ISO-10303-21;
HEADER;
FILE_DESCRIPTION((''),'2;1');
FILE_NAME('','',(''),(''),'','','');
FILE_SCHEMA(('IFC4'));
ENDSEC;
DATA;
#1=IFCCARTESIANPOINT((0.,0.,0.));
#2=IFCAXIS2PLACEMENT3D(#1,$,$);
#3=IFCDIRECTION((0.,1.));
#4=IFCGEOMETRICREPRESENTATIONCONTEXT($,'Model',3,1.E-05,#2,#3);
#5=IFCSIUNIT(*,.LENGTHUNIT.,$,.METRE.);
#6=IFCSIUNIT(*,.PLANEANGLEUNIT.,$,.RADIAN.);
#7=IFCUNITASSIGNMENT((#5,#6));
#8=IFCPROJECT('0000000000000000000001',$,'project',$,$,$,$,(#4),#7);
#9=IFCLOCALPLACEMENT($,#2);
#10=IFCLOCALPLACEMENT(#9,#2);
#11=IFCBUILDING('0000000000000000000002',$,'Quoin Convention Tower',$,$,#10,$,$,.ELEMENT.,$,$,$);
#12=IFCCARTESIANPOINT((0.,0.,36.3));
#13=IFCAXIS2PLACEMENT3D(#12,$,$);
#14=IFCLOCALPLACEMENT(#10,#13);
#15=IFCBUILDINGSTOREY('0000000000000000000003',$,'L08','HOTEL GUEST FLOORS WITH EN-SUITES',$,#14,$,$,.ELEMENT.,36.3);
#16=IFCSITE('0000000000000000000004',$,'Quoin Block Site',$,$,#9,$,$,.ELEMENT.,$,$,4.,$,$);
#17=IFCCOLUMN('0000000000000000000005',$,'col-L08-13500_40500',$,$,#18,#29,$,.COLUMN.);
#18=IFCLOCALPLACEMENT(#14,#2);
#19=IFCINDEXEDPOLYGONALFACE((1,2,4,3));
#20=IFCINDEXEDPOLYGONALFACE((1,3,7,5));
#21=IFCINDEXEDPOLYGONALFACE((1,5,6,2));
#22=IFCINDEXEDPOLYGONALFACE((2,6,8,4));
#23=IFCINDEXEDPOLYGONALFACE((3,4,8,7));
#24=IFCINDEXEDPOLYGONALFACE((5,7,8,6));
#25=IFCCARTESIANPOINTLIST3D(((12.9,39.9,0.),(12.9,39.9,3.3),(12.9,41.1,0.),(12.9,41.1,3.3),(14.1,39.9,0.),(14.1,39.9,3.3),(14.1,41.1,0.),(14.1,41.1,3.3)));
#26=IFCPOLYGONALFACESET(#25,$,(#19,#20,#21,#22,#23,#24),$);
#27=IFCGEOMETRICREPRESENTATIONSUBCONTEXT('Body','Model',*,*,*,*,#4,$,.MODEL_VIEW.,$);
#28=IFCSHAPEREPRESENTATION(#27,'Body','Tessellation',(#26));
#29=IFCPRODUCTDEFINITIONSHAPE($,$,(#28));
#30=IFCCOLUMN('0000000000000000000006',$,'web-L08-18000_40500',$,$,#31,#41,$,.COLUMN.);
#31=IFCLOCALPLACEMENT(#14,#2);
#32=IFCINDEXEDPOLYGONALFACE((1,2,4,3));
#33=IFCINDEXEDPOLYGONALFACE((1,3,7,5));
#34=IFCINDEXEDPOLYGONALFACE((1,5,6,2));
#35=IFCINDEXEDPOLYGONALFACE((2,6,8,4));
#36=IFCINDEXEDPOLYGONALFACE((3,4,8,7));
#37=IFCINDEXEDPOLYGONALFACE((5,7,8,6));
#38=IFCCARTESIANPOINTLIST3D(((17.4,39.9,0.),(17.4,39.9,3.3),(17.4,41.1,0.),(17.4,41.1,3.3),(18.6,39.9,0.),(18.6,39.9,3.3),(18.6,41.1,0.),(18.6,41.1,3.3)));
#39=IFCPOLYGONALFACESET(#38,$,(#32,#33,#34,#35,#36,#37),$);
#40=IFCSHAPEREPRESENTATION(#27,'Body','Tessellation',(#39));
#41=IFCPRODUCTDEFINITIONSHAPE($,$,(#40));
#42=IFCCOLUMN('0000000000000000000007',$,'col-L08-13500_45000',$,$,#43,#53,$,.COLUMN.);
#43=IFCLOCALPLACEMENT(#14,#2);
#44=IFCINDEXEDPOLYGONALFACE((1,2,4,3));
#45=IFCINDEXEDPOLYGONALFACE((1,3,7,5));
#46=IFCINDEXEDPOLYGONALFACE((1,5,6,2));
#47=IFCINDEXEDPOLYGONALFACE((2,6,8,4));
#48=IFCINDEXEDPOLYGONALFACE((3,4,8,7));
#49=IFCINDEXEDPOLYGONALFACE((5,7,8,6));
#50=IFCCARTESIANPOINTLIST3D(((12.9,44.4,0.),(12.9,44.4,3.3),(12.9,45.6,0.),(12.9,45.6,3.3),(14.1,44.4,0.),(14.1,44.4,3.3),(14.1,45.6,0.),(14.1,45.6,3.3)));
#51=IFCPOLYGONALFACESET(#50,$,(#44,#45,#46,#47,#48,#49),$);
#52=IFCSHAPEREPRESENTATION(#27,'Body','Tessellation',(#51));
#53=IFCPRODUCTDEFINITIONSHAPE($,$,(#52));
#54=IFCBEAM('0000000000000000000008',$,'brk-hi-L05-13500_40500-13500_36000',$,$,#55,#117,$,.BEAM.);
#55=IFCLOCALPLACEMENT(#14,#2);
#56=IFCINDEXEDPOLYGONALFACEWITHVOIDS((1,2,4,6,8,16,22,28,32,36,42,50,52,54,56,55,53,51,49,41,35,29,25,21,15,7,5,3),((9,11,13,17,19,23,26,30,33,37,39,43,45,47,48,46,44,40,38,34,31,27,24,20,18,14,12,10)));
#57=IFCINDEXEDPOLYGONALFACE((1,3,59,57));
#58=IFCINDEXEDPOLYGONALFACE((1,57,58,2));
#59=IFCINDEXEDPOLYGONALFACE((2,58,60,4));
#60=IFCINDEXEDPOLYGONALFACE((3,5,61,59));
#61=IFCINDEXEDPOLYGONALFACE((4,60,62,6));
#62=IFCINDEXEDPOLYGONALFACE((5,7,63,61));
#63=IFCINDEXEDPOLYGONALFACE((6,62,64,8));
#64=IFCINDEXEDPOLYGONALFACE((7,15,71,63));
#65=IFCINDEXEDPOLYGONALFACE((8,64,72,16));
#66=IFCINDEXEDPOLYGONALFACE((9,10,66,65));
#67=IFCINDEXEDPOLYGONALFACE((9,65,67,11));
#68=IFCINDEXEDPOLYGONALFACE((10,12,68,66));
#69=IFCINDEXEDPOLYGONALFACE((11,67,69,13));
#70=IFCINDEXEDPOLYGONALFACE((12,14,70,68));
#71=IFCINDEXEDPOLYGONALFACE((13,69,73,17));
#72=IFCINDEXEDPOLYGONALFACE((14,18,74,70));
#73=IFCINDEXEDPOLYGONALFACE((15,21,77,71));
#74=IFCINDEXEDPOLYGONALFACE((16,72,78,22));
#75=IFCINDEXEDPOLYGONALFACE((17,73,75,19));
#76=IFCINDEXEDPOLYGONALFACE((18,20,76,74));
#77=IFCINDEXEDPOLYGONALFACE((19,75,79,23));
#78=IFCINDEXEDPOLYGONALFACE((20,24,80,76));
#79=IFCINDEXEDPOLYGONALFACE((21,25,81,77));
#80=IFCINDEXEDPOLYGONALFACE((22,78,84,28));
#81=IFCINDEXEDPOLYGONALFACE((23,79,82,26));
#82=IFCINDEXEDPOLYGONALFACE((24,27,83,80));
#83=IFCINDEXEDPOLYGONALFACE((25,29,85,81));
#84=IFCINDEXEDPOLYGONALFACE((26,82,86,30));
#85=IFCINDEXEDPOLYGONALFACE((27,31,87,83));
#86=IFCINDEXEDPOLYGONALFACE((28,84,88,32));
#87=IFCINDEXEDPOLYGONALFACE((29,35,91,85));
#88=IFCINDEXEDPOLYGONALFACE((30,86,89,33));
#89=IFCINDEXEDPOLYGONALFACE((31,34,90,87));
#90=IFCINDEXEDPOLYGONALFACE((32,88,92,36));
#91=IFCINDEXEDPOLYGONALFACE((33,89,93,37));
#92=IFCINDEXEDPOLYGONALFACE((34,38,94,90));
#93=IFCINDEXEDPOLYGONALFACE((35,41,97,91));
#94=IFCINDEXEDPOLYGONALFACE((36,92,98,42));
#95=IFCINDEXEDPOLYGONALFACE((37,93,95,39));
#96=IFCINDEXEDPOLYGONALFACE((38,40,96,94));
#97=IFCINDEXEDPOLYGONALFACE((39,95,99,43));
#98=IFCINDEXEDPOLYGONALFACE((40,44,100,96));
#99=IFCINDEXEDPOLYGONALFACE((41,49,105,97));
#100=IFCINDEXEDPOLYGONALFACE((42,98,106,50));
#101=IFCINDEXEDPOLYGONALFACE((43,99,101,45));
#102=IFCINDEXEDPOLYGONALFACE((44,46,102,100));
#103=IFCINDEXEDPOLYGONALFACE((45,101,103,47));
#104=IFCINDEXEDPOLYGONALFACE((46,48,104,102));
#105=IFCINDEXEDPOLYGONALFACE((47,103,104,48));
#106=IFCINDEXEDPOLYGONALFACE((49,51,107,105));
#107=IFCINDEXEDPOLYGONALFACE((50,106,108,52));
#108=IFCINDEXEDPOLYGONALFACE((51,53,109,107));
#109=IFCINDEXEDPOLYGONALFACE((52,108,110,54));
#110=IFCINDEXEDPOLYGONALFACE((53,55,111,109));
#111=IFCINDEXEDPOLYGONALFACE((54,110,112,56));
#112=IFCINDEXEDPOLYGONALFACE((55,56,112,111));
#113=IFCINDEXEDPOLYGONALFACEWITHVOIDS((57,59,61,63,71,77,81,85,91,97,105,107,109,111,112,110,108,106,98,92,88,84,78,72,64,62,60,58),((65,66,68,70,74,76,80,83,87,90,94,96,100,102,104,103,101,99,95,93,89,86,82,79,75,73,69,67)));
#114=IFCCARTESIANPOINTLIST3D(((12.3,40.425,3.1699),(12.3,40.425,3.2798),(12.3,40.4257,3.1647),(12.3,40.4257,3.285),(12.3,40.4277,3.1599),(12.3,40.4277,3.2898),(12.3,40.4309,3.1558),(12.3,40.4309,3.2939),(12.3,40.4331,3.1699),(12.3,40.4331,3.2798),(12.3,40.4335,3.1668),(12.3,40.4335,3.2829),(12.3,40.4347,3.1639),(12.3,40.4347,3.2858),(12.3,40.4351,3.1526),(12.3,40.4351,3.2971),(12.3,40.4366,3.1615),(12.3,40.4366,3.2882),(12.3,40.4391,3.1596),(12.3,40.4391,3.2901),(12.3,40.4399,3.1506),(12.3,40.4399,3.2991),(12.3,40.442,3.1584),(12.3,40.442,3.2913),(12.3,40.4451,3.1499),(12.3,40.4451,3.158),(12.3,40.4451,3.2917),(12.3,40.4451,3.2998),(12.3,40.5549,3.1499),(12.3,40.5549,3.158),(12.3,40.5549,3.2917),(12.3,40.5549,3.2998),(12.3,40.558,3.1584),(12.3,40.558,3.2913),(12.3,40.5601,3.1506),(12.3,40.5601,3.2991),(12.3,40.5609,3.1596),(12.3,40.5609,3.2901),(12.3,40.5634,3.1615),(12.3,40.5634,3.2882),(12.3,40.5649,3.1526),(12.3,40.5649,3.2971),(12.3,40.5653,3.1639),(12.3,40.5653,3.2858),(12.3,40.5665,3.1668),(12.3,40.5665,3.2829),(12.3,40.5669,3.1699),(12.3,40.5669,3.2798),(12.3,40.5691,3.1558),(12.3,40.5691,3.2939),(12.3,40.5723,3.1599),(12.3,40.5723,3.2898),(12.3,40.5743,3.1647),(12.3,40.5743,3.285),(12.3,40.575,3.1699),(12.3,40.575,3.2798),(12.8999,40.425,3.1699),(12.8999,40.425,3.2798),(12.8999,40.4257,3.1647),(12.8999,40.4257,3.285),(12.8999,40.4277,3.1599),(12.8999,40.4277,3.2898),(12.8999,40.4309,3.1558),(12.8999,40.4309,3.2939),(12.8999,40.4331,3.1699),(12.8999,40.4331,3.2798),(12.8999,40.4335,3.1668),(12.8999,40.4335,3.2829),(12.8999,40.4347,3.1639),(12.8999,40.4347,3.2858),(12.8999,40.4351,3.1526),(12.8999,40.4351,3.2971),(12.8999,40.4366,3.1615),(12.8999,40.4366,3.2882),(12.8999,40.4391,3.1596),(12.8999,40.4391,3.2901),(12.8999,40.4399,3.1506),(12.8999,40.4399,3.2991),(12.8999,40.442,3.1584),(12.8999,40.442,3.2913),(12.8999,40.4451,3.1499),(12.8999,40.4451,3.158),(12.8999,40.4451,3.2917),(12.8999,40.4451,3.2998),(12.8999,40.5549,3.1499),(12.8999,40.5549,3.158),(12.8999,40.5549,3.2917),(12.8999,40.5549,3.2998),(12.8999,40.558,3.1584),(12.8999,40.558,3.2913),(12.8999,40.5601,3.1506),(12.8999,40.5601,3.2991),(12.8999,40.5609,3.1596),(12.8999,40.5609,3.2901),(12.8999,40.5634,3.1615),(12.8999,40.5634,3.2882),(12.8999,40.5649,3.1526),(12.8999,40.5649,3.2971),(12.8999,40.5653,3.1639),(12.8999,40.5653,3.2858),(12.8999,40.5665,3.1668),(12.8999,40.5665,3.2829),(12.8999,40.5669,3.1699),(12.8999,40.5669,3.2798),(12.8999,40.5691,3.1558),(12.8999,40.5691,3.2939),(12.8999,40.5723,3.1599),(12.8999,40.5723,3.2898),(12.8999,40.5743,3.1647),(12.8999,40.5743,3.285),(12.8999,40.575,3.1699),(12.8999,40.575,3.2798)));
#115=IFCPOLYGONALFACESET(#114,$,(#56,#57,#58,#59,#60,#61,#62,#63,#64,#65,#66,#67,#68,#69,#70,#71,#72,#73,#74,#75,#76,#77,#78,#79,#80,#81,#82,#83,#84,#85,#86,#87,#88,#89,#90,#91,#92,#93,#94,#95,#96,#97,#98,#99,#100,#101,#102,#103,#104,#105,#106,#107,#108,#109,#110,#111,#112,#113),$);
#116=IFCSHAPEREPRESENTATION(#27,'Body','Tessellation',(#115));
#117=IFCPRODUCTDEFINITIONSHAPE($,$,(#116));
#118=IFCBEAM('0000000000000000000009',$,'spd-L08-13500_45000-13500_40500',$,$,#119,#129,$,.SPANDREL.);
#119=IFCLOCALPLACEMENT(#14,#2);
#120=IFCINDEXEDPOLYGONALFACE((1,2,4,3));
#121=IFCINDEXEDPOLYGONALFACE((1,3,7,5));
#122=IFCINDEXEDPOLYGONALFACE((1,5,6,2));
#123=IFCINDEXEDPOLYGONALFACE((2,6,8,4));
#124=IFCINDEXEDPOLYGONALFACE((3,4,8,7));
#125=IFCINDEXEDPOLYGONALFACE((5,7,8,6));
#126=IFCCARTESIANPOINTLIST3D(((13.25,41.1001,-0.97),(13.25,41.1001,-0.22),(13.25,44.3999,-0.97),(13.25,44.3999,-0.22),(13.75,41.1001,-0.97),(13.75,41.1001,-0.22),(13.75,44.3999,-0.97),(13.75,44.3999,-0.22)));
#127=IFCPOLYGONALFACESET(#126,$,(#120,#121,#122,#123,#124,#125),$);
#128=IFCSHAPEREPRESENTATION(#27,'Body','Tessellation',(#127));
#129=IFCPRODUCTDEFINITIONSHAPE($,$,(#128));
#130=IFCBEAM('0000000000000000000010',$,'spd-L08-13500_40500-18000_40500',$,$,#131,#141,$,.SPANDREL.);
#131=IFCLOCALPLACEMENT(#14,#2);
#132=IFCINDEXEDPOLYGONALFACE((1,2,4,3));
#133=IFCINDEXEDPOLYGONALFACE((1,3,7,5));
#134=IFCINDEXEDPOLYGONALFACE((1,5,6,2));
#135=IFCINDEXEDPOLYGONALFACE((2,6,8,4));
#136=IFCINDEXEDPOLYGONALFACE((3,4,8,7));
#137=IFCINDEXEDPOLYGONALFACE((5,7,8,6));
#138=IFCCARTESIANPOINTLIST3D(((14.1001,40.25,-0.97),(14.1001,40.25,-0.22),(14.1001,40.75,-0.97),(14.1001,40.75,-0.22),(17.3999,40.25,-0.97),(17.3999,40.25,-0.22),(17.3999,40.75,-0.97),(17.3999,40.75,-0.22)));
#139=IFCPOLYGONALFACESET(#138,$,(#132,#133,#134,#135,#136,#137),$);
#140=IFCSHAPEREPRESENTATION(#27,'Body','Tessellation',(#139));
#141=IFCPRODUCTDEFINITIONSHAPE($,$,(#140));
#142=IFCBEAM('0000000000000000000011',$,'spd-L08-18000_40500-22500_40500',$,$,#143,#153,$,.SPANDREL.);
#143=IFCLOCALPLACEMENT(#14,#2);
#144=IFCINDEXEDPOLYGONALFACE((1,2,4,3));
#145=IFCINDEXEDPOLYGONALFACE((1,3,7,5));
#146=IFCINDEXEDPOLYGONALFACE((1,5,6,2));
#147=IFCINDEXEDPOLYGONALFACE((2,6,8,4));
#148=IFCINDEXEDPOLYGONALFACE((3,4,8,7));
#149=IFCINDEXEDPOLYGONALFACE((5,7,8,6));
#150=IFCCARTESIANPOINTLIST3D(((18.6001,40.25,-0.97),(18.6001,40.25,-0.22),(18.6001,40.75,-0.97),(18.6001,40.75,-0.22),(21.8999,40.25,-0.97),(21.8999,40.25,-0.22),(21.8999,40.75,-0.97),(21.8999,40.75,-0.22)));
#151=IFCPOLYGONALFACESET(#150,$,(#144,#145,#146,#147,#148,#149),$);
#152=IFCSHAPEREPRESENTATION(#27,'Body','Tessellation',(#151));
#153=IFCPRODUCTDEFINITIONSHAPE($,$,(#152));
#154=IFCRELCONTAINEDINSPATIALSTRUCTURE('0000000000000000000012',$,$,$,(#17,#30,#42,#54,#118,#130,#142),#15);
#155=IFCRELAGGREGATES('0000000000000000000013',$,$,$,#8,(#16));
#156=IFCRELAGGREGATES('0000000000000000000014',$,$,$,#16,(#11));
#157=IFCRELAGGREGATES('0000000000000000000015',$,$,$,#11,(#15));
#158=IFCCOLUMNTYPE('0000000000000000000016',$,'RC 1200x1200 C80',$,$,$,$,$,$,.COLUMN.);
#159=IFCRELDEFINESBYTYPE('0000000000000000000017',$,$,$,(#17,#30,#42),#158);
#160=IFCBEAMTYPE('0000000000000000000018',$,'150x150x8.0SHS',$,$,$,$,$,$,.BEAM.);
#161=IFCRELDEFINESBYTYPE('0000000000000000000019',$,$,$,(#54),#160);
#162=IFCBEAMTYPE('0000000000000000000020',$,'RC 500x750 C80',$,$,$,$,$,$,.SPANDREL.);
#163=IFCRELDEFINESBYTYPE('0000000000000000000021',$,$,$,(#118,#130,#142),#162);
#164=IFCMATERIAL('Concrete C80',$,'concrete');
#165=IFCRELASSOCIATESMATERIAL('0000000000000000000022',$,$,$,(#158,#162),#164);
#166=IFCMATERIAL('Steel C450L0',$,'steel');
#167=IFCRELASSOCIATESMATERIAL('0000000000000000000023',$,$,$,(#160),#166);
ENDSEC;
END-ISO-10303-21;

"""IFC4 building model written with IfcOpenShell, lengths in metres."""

from ifc_helpers import new_model, si_unit, direction, frame, origin, origin_2d, place, context, subcontext, project, spatial, rectangle, hollow_rectangle, extrude, material, material_profile, profile_set, type_object, element, save


model = new_model("IFC4")

# Units and contexts
model_context = context("Model", 3, precision=1e-05, world=origin(), true_north=direction((0.0, 1.0)))
body_context = subcontext(model_context, "Body", "Model", "MODEL_VIEW")
ifc_project = project(units=[si_unit("LENGTHUNIT", "METRE"), si_unit("PLANEANGLEUNIT", "RADIAN")], contexts=[model_context])

# Site, building, storey
site_placement = place(None, origin())
site = spatial("IfcSite", under=ifc_project, at=site_placement, Name="Quoin Block Site", CompositionType="ELEMENT", RefElevation=4.0)
building_placement = place(site_placement, origin())
building = spatial("IfcBuilding", under=site, at=building_placement, Name="Quoin Convention Tower", CompositionType="ELEMENT")
storey_placement = place(building_placement, frame((0.0, 0.0, 36.3)))
storey = spatial("IfcBuildingStorey", under=building, at=storey_placement, Name="L08", Description="HOTEL GUEST FLOORS WITH EN-SUITES", CompositionType="ELEMENT", Elevation=36.3)

# Columns
ifc_material_1 = material(Name="Concrete C80", Category="concrete")
ifc_material_profile_1 = material_profile(ifc_material_1, rectangle(XDim=1.2, YDim=1.2, at=origin_2d()), Name="RC 1200x1200")
ifc_profile_set_1 = profile_set([ifc_material_profile_1], Name="Concrete C80")
column_type = type_object("IfcColumnType", Name="RC 1200x1200 C80", PredefinedType="COLUMN", material=ifc_profile_set_1)
for number, where, z_axis, x_axis, name in (
    (1, (13.5, 40.5, 0.0), (0.0, 0.0, 1.0), (1.0, 0.0, 0.0), "col-L08-13500_40500"),
    (2, (18.0, 40.5, 0.0), (0.0, 0.0, 1.0), (1.0, 0.0, 0.0), "web-L08-18000_40500"),
    (3, (13.5, 45.0, 0.0), (0.0, 0.0, 1.0), (1.0, 0.0, 0.0), "col-L08-13500_45000"),
):
    element("IfcColumn", number, at=place(storey_placement, frame(where, z_axis=z_axis, x_axis=x_axis)), inside=storey, type_object=column_type, Name=name, PredefinedType="COLUMN", context=body_context, shape_type="SweptSolid", body=[
        extrude(rectangle(XDim=1.2, YDim=1.2, at=origin_2d()), origin(), (0.0, 0.0, 1.0), 3.3),
    ])

# Beams
ifc_material_2 = material(Name="Steel C450L0", Category="steel")
ifc_material_profile_2 = material_profile(ifc_material_2, hollow_rectangle(XDim=0.1499, YDim=0.1499, WallThickness=0.0081, InnerFilletRadius=0.012, OuterFilletRadius=0.02, at=origin_2d()), Name="150x150x8.0SHS")
ifc_profile_set_2 = profile_set([ifc_material_profile_2], Name="Steel C450L0")
beam_type_1 = type_object("IfcBeamType", Name="150x150x8.0SHS", PredefinedType="BEAM", material=ifc_profile_set_2)
beam_placement = place(storey_placement, frame((12.8999, 40.5, 3.2249), z_axis=(-1.0, 0.0, 0.0), x_axis=(0.0, -1.0, 0.0)))
element("IfcBeam", 4, at=beam_placement, inside=storey, type_object=beam_type_1, Name="brk-hi-L05-13500_40500-13500_36000", PredefinedType="BEAM", context=body_context, shape_type="SweptSolid", body=[
    extrude(hollow_rectangle(XDim=0.1499, YDim=0.1499, WallThickness=0.0081, InnerFilletRadius=0.012, OuterFilletRadius=0.02, at=origin_2d()), origin(), (0.0, 0.0, 1.0), 0.5999),
])
ifc_material_profile_3 = material_profile(ifc_material_1, rectangle(XDim=0.5, YDim=0.75, at=origin_2d()), Name="RC 500x750")
ifc_profile_set_3 = profile_set([ifc_material_profile_3], Name="Concrete C80")
beam_type_2 = type_object("IfcBeamType", Name="RC 500x750 C80", PredefinedType="SPANDREL", material=ifc_profile_set_3)
for number, where, z_axis, x_axis, name in (
    (5, (13.5, 44.3999, -0.595), (0.0, -1.0, 0.0), (1.0, 0.0, 0.0), "spd-L08-13500_45000-13500_40500"),
    (6, (14.1001, 40.5, -0.595), (1.0, 0.0, 0.0), (0.0, 1.0, 0.0), "spd-L08-13500_40500-18000_40500"),
    (7, (18.6001, 40.5, -0.595), (1.0, 0.0, 0.0), (0.0, 1.0, 0.0), "spd-L08-18000_40500-22500_40500"),
):
    element("IfcBeam", number, at=place(storey_placement, frame(where, z_axis=z_axis, x_axis=x_axis)), inside=storey, type_object=beam_type_2, Name=name, PredefinedType="SPANDREL", context=body_context, shape_type="SweptSolid", body=[
        extrude(rectangle(XDim=0.5, YDim=0.75, at=origin_2d()), origin(), (0.0, 0.0, 1.0), 3.2998),
    ])

save(model, "model.ifc")
